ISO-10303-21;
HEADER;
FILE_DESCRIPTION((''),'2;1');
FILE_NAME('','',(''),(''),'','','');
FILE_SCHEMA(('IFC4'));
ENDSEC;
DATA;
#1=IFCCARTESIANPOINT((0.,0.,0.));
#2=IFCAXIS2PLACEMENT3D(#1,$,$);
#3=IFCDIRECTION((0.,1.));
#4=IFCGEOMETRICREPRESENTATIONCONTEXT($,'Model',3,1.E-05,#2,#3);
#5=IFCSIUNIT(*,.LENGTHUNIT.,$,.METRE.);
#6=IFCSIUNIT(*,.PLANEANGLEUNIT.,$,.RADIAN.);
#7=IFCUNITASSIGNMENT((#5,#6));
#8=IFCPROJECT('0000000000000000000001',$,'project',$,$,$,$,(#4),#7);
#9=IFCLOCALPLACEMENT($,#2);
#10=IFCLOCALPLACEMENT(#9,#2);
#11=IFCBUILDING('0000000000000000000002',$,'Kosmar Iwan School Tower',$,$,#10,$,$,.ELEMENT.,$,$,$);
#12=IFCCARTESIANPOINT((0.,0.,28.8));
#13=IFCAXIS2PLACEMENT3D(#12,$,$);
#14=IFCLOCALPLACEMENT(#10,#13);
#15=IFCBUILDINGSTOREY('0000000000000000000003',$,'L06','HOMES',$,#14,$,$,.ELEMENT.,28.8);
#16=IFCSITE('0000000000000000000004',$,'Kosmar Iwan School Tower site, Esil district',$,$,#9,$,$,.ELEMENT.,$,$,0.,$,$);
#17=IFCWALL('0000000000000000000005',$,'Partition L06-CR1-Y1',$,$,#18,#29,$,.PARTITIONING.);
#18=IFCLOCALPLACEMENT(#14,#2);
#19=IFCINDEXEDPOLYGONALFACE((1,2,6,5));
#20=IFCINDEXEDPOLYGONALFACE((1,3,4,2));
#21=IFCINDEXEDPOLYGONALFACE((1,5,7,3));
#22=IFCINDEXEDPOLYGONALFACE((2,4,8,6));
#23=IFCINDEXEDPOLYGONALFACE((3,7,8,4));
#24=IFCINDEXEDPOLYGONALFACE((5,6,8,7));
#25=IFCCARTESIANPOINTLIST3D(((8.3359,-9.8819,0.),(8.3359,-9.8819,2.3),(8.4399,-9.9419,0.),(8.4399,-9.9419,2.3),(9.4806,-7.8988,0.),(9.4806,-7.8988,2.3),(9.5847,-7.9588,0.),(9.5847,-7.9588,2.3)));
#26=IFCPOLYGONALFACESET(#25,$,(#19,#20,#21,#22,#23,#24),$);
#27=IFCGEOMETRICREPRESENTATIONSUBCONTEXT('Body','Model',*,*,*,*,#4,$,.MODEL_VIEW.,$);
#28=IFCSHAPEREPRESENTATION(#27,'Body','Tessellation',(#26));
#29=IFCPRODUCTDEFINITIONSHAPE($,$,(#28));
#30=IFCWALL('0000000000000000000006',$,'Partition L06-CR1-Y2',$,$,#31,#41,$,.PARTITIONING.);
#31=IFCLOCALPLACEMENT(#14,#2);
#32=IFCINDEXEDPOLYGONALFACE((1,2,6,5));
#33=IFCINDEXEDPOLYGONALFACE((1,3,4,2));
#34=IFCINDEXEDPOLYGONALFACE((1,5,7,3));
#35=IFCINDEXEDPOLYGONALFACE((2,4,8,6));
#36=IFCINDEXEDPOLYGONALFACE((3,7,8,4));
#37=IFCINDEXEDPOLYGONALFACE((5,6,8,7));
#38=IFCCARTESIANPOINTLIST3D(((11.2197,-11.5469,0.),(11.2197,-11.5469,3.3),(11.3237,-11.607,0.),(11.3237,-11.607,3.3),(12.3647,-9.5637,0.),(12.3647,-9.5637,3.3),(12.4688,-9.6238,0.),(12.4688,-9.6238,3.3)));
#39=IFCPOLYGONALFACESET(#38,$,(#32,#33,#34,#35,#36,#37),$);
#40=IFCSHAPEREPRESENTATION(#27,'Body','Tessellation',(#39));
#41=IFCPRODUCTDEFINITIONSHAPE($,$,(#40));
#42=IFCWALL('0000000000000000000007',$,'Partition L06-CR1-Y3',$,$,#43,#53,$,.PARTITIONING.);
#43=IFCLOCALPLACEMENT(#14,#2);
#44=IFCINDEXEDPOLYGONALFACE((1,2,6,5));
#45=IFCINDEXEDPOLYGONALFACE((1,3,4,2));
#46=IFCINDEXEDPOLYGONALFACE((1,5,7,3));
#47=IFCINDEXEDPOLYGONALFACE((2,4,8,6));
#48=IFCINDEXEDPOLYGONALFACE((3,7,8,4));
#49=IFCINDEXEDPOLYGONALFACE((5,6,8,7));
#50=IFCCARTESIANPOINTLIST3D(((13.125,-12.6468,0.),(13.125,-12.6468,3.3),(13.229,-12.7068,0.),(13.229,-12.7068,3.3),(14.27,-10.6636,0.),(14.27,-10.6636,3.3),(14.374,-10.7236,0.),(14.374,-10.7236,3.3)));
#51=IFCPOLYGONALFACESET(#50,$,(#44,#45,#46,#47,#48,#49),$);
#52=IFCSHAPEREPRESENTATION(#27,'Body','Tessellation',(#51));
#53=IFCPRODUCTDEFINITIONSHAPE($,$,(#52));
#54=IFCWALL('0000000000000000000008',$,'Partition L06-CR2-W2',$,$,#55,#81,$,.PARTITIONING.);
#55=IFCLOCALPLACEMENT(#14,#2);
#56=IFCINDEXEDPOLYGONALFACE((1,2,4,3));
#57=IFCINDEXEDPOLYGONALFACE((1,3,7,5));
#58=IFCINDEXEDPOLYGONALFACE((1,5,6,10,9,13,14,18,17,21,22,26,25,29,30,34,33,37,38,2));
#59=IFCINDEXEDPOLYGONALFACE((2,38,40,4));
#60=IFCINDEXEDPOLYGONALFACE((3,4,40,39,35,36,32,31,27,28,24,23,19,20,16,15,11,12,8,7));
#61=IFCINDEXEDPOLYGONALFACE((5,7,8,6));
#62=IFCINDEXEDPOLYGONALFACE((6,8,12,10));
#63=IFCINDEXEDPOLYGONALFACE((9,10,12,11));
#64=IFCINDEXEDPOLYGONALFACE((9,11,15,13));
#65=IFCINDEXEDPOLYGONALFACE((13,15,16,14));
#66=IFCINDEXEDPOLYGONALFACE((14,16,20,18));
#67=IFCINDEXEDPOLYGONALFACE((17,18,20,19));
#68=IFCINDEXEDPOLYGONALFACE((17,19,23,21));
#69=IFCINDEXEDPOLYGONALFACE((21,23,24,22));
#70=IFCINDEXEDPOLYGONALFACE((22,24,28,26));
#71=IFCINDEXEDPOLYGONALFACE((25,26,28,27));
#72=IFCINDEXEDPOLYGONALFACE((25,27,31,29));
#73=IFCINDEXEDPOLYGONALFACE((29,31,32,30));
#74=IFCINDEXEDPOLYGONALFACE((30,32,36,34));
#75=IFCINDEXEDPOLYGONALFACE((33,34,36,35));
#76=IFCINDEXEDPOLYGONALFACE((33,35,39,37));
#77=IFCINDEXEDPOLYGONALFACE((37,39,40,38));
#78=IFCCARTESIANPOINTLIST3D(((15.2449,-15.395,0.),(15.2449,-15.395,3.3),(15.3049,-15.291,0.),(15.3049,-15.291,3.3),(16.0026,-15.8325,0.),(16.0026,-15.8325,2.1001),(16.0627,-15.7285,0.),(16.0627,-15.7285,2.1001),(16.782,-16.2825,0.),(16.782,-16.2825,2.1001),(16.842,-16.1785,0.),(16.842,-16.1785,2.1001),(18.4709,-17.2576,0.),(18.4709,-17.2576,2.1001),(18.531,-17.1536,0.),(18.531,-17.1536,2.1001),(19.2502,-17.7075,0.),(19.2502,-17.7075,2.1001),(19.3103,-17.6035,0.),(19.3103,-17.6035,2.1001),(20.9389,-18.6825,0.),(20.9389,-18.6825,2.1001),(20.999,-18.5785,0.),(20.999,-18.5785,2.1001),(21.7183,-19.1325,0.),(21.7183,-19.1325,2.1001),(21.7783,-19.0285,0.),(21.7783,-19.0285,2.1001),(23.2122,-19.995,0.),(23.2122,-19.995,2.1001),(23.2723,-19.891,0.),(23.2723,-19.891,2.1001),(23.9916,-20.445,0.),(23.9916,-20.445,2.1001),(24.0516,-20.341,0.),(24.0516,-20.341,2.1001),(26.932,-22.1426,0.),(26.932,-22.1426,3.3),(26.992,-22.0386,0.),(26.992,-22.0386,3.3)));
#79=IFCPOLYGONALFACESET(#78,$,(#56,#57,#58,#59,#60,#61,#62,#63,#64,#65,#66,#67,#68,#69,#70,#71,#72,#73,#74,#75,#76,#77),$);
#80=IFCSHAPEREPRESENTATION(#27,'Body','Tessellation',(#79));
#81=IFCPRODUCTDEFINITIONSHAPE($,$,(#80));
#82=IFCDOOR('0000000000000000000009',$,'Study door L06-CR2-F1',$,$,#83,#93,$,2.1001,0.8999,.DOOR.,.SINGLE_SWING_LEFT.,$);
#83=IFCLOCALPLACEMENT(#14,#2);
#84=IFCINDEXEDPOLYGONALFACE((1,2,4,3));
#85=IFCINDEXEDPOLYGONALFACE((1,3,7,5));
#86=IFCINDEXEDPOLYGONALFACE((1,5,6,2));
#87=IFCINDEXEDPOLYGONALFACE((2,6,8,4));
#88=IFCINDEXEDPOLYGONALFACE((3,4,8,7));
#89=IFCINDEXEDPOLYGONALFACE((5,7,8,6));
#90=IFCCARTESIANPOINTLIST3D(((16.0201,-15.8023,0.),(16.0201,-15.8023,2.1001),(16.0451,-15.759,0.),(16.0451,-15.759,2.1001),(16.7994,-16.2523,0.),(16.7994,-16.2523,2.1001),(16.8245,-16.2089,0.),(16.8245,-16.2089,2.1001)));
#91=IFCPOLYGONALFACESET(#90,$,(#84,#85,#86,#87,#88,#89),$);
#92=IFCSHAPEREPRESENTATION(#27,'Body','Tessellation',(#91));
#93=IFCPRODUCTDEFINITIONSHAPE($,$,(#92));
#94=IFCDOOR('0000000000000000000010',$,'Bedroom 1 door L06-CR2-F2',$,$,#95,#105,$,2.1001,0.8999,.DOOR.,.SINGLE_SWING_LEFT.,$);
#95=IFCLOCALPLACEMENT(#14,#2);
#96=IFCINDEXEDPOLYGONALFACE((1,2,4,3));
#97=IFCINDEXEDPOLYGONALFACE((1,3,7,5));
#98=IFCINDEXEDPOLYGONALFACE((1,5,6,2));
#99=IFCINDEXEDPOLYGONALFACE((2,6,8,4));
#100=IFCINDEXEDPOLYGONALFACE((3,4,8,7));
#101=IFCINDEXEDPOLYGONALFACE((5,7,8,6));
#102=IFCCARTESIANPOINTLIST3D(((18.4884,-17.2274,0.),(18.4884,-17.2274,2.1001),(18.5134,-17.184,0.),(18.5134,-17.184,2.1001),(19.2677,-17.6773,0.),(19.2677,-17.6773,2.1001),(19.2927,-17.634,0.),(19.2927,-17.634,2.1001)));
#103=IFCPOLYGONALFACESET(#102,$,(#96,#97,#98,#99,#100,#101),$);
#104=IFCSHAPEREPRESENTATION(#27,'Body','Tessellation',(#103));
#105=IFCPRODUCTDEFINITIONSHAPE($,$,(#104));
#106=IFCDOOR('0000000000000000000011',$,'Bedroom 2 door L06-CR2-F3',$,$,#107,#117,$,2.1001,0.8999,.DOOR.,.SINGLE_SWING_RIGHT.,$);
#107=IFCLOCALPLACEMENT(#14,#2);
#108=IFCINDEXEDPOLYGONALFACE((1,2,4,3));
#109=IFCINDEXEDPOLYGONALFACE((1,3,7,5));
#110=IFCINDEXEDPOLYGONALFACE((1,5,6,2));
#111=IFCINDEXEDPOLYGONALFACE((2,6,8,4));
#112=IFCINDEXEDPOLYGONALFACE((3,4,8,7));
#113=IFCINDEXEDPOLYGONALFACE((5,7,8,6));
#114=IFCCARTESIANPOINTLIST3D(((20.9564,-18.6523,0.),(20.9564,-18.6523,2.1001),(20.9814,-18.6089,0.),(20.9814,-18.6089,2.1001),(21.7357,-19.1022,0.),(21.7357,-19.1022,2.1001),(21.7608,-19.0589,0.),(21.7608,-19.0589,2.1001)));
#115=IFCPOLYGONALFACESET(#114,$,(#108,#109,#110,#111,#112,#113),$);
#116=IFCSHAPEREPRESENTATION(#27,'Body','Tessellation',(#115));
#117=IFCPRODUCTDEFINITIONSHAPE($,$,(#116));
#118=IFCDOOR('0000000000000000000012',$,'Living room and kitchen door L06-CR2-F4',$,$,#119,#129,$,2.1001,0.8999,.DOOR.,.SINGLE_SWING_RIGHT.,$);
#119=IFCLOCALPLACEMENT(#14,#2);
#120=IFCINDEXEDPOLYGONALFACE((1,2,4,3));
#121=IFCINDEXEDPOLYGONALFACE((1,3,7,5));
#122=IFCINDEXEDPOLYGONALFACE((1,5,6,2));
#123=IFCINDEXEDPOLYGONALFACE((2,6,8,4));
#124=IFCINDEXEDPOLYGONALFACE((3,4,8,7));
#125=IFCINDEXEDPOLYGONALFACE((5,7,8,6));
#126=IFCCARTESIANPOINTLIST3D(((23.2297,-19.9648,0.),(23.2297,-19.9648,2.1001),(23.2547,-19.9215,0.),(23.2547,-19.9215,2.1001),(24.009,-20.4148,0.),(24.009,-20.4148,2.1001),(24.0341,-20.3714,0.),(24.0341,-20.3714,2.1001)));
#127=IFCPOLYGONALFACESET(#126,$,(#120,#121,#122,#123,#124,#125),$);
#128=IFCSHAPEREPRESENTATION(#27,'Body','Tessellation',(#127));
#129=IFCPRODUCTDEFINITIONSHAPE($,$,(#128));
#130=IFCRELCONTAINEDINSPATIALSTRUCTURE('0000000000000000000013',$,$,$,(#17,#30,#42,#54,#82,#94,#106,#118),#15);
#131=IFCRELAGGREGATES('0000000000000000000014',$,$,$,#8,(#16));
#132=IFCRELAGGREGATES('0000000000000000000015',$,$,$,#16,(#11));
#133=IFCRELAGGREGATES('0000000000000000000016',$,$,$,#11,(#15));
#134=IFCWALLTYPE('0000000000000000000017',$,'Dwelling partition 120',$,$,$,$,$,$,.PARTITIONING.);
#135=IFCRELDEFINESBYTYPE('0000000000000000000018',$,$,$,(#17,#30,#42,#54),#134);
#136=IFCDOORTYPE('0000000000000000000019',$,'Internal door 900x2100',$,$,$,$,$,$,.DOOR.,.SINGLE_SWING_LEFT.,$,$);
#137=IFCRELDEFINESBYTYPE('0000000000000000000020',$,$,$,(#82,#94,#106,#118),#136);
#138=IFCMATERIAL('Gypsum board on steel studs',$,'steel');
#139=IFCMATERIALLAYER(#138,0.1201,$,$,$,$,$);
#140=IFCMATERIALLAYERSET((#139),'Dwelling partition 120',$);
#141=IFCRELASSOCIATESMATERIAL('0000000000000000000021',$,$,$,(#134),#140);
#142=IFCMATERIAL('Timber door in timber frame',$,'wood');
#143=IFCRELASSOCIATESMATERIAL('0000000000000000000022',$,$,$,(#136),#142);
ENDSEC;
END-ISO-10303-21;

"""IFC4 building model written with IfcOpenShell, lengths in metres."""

from ifc_helpers import new_model, si_unit, direction, frame, frame_2d, origin, place, context, subcontext, project, spatial, rectangle, extrude, material, layer, layer_set, type_object, element, fill, save


model = new_model("IFC4")

# Units and contexts
model_context = context("Model", 3, precision=1e-05, world=origin(), true_north=direction((0.0, 1.0)))
body_context = subcontext(model_context, "Body", "Model", "MODEL_VIEW")
ifc_project = project(units=[si_unit("LENGTHUNIT", "METRE"), si_unit("PLANEANGLEUNIT", "RADIAN")], contexts=[model_context])

# Site, building, storey
site_placement = place(None, origin())
site = spatial("IfcSite", under=ifc_project, at=site_placement, Name="Kosmar Iwan School Tower site, Esil district", CompositionType="ELEMENT", RefElevation=0.0)
building_placement = place(site_placement, origin())
building = spatial("IfcBuilding", under=site, at=building_placement, Name="Kosmar Iwan School Tower", CompositionType="ELEMENT")
storey_placement = place(building_placement, frame((0.0, 0.0, 28.8)))
storey = spatial("IfcBuildingStorey", under=building, at=storey_placement, Name="L06", Description="HOMES", CompositionType="ELEMENT", Elevation=28.8)

# Walls
ifc_material_1 = material(Name="Gypsum board on steel studs", Category="steel")
ifc_layer_1 = layer(ifc_material_1, 0.1201)
ifc_layer_set_1 = layer_set([ifc_layer_1], Name="Dwelling partition 120")
wall_type_1 = type_object("IfcWallType", Name="Dwelling partition 120", PredefinedType="PARTITIONING", material=ifc_layer_set_1)
wall_1_placement = place(storey_placement, frame((9.5327, -7.9287, 0.0), z_axis=(0.0, 0.0, 1.0), x_axis=(-0.499935, -0.866063, 0.0)))
element("IfcWall", 1, at=wall_1_placement, inside=storey, type_object=wall_type_1, Name="Partition L06-CR1-Y1", PredefinedType="PARTITIONING", context=body_context, shape_type="SweptSolid", body=[
    extrude(rectangle(XDim=2.2898, YDim=0.1201, at=frame_2d((1.145, 0.0))), origin(), (0.0, 0.0, 1.0), 2.3),
])
for number, where, z_axis, x_axis, name in (
    (2, (12.4167, -9.5938, 0.0), (0.0, 0.0, 1.0), (-0.500015, -0.866017, 0.0), "Partition L06-CR1-Y2"),
    (3, (14.322, -10.6936, 0.0), (0.0, 0.0, 1.0), (-0.500015, -0.866017, 0.0), "Partition L06-CR1-Y3"),
):
    element("IfcWall", number, at=place(storey_placement, frame(where, z_axis=z_axis, x_axis=x_axis)), inside=storey, type_object=wall_type_1, Name=name, PredefinedType="PARTITIONING", context=body_context, shape_type="SweptSolid", body=[
        extrude(rectangle(XDim=2.29, YDim=0.1201, at=frame_2d((1.145, 0.0))), origin(), (0.0, 0.0, 1.0), 3.3),
    ])

# Wall, openings, doors
wall_2_placement = place(storey_placement, frame((15.2749, -15.343, 0.0), z_axis=(0.0, 0.0, 1.0), x_axis=(0.866024, -0.500003, 0.0)))
wall_2 = element("IfcWall", 4, at=wall_2_placement, inside=storey, type_object=wall_type_1, Name="Partition L06-CR2-W2", PredefinedType="PARTITIONING", context=body_context, shape_type="SweptSolid", body=[
    extrude(rectangle(XDim=13.4951, YDim=0.1201, at=frame_2d((6.7476, 0.0))), origin(), (0.0, 0.0, 1.0), 3.3),
])
opening_1_placement = place(wall_2_placement, frame((0.875, 0.0, 0.0)))
opening_1 = element("IfcOpeningElement", 5, at=opening_1_placement, cuts=wall_2, PredefinedType="OPENING", context=body_context, shape_type="SweptSolid", body=[
    extrude(rectangle(XDim=0.8999, YDim=2.1001, at=frame_2d((0.45, 1.05))), frame((0.0, 0.072, 0.0), z_axis=(0.0, -1.0, 0.0), x_axis=(1.0, 0.0, 0.0)), (0.0, 0.0, 1.0), 0.144),
])
opening_2_placement = place(wall_2_placement, frame((3.7251, 0.0, 0.0)))
opening_2 = element("IfcOpeningElement", 6, at=opening_2_placement, cuts=wall_2, PredefinedType="OPENING", context=body_context, shape_type="SweptSolid", body=[
    extrude(rectangle(XDim=0.8999, YDim=2.1001, at=frame_2d((0.45, 1.05))), frame((0.0, 0.072, 0.0), z_axis=(0.0, -1.0, 0.0), x_axis=(1.0, 0.0, 0.0)), (0.0, 0.0, 1.0), 0.144),
])
opening_3_placement = place(wall_2_placement, frame((6.575, 0.0, 0.0)))
opening_3 = element("IfcOpeningElement", 7, at=opening_3_placement, cuts=wall_2, PredefinedType="OPENING", context=body_context, shape_type="SweptSolid", body=[
    extrude(rectangle(XDim=0.8999, YDim=2.1001, at=frame_2d((0.45, 1.05))), frame((0.0, 0.072, 0.0), z_axis=(0.0, -1.0, 0.0), x_axis=(1.0, 0.0, 0.0)), (0.0, 0.0, 1.0), 0.144),
])
opening_4_placement = place(wall_2_placement, frame((9.2, 0.0, 0.0)))
opening_4 = element("IfcOpeningElement", 8, at=opening_4_placement, cuts=wall_2, PredefinedType="OPENING", context=body_context, shape_type="SweptSolid", body=[
    extrude(rectangle(XDim=0.8999, YDim=2.1001, at=frame_2d((0.45, 1.05))), frame((0.0, 0.072, 0.0), z_axis=(0.0, -1.0, 0.0), x_axis=(1.0, 0.0, 0.0)), (0.0, 0.0, 1.0), 0.144),
])
ifc_material_2 = material(Name="Timber door in timber frame", Category="wood")
door_type_1 = type_object("IfcDoorType", Name="Internal door 900x2100", OperationType="SINGLE_SWING_LEFT", PredefinedType="DOOR", material=ifc_material_2)
door_1_placement = place(opening_1_placement, origin())
door_1 = element("IfcDoor", 9, at=door_1_placement, inside=storey, type_object=door_type_1, Name="Study door L06-CR2-F1", OperationType="SINGLE_SWING_LEFT", OverallHeight=2.1001, OverallWidth=0.8999, PredefinedType="DOOR", context=body_context, shape_type="SweptSolid", body=[
    extrude(rectangle(XDim=0.8999, YDim=2.1001, at=frame_2d((0.45, 1.05))), frame((0.0, 0.0249, 0.0), z_axis=(0.0, -1.0, 0.0), x_axis=(1.0, 0.0, 0.0)), (0.0, 0.0, 1.0), 0.05),
])
fill(opening_1, door_1)
door_2_placement = place(opening_2_placement, origin())
door_2 = element("IfcDoor", 10, at=door_2_placement, inside=storey, type_object=door_type_1, Name="Bedroom 1 door L06-CR2-F2", OperationType="SINGLE_SWING_LEFT", OverallHeight=2.1001, OverallWidth=0.8999, PredefinedType="DOOR", context=body_context, shape_type="SweptSolid", body=[
    extrude(rectangle(XDim=0.8999, YDim=2.1001, at=frame_2d((0.45, 1.05))), frame((0.0, 0.0249, 0.0), z_axis=(0.0, -1.0, 0.0), x_axis=(1.0, 0.0, 0.0)), (0.0, 0.0, 1.0), 0.05),
])
fill(opening_2, door_2)
door_3_placement = place(opening_3_placement, origin())
door_3 = element("IfcDoor", 11, at=door_3_placement, inside=storey, type_object=door_type_1, Name="Bedroom 2 door L06-CR2-F3", OperationType="SINGLE_SWING_RIGHT", OverallHeight=2.1001, OverallWidth=0.8999, PredefinedType="DOOR", context=body_context, shape_type="SweptSolid", body=[
    extrude(rectangle(XDim=0.8999, YDim=2.1001, at=frame_2d((0.45, 1.05))), frame((0.0, 0.0249, 0.0), z_axis=(0.0, -1.0, 0.0), x_axis=(1.0, 0.0, 0.0)), (0.0, 0.0, 1.0), 0.05),
])
fill(opening_3, door_3)
door_4_placement = place(opening_4_placement, origin())
door_4 = element("IfcDoor", 12, at=door_4_placement, inside=storey, type_object=door_type_1, Name="Living room and kitchen door L06-CR2-F4", OperationType="SINGLE_SWING_RIGHT", OverallHeight=2.1001, OverallWidth=0.8999, PredefinedType="DOOR", context=body_context, shape_type="SweptSolid", body=[
    extrude(rectangle(XDim=0.8999, YDim=2.1001, at=frame_2d((0.45, 1.05))), frame((0.0, 0.0249, 0.0), z_axis=(0.0, -1.0, 0.0), x_axis=(1.0, 0.0, 0.0)), (0.0, 0.0, 1.0), 0.05),
])
fill(opening_4, door_4)

save(model, "model.ifc")
